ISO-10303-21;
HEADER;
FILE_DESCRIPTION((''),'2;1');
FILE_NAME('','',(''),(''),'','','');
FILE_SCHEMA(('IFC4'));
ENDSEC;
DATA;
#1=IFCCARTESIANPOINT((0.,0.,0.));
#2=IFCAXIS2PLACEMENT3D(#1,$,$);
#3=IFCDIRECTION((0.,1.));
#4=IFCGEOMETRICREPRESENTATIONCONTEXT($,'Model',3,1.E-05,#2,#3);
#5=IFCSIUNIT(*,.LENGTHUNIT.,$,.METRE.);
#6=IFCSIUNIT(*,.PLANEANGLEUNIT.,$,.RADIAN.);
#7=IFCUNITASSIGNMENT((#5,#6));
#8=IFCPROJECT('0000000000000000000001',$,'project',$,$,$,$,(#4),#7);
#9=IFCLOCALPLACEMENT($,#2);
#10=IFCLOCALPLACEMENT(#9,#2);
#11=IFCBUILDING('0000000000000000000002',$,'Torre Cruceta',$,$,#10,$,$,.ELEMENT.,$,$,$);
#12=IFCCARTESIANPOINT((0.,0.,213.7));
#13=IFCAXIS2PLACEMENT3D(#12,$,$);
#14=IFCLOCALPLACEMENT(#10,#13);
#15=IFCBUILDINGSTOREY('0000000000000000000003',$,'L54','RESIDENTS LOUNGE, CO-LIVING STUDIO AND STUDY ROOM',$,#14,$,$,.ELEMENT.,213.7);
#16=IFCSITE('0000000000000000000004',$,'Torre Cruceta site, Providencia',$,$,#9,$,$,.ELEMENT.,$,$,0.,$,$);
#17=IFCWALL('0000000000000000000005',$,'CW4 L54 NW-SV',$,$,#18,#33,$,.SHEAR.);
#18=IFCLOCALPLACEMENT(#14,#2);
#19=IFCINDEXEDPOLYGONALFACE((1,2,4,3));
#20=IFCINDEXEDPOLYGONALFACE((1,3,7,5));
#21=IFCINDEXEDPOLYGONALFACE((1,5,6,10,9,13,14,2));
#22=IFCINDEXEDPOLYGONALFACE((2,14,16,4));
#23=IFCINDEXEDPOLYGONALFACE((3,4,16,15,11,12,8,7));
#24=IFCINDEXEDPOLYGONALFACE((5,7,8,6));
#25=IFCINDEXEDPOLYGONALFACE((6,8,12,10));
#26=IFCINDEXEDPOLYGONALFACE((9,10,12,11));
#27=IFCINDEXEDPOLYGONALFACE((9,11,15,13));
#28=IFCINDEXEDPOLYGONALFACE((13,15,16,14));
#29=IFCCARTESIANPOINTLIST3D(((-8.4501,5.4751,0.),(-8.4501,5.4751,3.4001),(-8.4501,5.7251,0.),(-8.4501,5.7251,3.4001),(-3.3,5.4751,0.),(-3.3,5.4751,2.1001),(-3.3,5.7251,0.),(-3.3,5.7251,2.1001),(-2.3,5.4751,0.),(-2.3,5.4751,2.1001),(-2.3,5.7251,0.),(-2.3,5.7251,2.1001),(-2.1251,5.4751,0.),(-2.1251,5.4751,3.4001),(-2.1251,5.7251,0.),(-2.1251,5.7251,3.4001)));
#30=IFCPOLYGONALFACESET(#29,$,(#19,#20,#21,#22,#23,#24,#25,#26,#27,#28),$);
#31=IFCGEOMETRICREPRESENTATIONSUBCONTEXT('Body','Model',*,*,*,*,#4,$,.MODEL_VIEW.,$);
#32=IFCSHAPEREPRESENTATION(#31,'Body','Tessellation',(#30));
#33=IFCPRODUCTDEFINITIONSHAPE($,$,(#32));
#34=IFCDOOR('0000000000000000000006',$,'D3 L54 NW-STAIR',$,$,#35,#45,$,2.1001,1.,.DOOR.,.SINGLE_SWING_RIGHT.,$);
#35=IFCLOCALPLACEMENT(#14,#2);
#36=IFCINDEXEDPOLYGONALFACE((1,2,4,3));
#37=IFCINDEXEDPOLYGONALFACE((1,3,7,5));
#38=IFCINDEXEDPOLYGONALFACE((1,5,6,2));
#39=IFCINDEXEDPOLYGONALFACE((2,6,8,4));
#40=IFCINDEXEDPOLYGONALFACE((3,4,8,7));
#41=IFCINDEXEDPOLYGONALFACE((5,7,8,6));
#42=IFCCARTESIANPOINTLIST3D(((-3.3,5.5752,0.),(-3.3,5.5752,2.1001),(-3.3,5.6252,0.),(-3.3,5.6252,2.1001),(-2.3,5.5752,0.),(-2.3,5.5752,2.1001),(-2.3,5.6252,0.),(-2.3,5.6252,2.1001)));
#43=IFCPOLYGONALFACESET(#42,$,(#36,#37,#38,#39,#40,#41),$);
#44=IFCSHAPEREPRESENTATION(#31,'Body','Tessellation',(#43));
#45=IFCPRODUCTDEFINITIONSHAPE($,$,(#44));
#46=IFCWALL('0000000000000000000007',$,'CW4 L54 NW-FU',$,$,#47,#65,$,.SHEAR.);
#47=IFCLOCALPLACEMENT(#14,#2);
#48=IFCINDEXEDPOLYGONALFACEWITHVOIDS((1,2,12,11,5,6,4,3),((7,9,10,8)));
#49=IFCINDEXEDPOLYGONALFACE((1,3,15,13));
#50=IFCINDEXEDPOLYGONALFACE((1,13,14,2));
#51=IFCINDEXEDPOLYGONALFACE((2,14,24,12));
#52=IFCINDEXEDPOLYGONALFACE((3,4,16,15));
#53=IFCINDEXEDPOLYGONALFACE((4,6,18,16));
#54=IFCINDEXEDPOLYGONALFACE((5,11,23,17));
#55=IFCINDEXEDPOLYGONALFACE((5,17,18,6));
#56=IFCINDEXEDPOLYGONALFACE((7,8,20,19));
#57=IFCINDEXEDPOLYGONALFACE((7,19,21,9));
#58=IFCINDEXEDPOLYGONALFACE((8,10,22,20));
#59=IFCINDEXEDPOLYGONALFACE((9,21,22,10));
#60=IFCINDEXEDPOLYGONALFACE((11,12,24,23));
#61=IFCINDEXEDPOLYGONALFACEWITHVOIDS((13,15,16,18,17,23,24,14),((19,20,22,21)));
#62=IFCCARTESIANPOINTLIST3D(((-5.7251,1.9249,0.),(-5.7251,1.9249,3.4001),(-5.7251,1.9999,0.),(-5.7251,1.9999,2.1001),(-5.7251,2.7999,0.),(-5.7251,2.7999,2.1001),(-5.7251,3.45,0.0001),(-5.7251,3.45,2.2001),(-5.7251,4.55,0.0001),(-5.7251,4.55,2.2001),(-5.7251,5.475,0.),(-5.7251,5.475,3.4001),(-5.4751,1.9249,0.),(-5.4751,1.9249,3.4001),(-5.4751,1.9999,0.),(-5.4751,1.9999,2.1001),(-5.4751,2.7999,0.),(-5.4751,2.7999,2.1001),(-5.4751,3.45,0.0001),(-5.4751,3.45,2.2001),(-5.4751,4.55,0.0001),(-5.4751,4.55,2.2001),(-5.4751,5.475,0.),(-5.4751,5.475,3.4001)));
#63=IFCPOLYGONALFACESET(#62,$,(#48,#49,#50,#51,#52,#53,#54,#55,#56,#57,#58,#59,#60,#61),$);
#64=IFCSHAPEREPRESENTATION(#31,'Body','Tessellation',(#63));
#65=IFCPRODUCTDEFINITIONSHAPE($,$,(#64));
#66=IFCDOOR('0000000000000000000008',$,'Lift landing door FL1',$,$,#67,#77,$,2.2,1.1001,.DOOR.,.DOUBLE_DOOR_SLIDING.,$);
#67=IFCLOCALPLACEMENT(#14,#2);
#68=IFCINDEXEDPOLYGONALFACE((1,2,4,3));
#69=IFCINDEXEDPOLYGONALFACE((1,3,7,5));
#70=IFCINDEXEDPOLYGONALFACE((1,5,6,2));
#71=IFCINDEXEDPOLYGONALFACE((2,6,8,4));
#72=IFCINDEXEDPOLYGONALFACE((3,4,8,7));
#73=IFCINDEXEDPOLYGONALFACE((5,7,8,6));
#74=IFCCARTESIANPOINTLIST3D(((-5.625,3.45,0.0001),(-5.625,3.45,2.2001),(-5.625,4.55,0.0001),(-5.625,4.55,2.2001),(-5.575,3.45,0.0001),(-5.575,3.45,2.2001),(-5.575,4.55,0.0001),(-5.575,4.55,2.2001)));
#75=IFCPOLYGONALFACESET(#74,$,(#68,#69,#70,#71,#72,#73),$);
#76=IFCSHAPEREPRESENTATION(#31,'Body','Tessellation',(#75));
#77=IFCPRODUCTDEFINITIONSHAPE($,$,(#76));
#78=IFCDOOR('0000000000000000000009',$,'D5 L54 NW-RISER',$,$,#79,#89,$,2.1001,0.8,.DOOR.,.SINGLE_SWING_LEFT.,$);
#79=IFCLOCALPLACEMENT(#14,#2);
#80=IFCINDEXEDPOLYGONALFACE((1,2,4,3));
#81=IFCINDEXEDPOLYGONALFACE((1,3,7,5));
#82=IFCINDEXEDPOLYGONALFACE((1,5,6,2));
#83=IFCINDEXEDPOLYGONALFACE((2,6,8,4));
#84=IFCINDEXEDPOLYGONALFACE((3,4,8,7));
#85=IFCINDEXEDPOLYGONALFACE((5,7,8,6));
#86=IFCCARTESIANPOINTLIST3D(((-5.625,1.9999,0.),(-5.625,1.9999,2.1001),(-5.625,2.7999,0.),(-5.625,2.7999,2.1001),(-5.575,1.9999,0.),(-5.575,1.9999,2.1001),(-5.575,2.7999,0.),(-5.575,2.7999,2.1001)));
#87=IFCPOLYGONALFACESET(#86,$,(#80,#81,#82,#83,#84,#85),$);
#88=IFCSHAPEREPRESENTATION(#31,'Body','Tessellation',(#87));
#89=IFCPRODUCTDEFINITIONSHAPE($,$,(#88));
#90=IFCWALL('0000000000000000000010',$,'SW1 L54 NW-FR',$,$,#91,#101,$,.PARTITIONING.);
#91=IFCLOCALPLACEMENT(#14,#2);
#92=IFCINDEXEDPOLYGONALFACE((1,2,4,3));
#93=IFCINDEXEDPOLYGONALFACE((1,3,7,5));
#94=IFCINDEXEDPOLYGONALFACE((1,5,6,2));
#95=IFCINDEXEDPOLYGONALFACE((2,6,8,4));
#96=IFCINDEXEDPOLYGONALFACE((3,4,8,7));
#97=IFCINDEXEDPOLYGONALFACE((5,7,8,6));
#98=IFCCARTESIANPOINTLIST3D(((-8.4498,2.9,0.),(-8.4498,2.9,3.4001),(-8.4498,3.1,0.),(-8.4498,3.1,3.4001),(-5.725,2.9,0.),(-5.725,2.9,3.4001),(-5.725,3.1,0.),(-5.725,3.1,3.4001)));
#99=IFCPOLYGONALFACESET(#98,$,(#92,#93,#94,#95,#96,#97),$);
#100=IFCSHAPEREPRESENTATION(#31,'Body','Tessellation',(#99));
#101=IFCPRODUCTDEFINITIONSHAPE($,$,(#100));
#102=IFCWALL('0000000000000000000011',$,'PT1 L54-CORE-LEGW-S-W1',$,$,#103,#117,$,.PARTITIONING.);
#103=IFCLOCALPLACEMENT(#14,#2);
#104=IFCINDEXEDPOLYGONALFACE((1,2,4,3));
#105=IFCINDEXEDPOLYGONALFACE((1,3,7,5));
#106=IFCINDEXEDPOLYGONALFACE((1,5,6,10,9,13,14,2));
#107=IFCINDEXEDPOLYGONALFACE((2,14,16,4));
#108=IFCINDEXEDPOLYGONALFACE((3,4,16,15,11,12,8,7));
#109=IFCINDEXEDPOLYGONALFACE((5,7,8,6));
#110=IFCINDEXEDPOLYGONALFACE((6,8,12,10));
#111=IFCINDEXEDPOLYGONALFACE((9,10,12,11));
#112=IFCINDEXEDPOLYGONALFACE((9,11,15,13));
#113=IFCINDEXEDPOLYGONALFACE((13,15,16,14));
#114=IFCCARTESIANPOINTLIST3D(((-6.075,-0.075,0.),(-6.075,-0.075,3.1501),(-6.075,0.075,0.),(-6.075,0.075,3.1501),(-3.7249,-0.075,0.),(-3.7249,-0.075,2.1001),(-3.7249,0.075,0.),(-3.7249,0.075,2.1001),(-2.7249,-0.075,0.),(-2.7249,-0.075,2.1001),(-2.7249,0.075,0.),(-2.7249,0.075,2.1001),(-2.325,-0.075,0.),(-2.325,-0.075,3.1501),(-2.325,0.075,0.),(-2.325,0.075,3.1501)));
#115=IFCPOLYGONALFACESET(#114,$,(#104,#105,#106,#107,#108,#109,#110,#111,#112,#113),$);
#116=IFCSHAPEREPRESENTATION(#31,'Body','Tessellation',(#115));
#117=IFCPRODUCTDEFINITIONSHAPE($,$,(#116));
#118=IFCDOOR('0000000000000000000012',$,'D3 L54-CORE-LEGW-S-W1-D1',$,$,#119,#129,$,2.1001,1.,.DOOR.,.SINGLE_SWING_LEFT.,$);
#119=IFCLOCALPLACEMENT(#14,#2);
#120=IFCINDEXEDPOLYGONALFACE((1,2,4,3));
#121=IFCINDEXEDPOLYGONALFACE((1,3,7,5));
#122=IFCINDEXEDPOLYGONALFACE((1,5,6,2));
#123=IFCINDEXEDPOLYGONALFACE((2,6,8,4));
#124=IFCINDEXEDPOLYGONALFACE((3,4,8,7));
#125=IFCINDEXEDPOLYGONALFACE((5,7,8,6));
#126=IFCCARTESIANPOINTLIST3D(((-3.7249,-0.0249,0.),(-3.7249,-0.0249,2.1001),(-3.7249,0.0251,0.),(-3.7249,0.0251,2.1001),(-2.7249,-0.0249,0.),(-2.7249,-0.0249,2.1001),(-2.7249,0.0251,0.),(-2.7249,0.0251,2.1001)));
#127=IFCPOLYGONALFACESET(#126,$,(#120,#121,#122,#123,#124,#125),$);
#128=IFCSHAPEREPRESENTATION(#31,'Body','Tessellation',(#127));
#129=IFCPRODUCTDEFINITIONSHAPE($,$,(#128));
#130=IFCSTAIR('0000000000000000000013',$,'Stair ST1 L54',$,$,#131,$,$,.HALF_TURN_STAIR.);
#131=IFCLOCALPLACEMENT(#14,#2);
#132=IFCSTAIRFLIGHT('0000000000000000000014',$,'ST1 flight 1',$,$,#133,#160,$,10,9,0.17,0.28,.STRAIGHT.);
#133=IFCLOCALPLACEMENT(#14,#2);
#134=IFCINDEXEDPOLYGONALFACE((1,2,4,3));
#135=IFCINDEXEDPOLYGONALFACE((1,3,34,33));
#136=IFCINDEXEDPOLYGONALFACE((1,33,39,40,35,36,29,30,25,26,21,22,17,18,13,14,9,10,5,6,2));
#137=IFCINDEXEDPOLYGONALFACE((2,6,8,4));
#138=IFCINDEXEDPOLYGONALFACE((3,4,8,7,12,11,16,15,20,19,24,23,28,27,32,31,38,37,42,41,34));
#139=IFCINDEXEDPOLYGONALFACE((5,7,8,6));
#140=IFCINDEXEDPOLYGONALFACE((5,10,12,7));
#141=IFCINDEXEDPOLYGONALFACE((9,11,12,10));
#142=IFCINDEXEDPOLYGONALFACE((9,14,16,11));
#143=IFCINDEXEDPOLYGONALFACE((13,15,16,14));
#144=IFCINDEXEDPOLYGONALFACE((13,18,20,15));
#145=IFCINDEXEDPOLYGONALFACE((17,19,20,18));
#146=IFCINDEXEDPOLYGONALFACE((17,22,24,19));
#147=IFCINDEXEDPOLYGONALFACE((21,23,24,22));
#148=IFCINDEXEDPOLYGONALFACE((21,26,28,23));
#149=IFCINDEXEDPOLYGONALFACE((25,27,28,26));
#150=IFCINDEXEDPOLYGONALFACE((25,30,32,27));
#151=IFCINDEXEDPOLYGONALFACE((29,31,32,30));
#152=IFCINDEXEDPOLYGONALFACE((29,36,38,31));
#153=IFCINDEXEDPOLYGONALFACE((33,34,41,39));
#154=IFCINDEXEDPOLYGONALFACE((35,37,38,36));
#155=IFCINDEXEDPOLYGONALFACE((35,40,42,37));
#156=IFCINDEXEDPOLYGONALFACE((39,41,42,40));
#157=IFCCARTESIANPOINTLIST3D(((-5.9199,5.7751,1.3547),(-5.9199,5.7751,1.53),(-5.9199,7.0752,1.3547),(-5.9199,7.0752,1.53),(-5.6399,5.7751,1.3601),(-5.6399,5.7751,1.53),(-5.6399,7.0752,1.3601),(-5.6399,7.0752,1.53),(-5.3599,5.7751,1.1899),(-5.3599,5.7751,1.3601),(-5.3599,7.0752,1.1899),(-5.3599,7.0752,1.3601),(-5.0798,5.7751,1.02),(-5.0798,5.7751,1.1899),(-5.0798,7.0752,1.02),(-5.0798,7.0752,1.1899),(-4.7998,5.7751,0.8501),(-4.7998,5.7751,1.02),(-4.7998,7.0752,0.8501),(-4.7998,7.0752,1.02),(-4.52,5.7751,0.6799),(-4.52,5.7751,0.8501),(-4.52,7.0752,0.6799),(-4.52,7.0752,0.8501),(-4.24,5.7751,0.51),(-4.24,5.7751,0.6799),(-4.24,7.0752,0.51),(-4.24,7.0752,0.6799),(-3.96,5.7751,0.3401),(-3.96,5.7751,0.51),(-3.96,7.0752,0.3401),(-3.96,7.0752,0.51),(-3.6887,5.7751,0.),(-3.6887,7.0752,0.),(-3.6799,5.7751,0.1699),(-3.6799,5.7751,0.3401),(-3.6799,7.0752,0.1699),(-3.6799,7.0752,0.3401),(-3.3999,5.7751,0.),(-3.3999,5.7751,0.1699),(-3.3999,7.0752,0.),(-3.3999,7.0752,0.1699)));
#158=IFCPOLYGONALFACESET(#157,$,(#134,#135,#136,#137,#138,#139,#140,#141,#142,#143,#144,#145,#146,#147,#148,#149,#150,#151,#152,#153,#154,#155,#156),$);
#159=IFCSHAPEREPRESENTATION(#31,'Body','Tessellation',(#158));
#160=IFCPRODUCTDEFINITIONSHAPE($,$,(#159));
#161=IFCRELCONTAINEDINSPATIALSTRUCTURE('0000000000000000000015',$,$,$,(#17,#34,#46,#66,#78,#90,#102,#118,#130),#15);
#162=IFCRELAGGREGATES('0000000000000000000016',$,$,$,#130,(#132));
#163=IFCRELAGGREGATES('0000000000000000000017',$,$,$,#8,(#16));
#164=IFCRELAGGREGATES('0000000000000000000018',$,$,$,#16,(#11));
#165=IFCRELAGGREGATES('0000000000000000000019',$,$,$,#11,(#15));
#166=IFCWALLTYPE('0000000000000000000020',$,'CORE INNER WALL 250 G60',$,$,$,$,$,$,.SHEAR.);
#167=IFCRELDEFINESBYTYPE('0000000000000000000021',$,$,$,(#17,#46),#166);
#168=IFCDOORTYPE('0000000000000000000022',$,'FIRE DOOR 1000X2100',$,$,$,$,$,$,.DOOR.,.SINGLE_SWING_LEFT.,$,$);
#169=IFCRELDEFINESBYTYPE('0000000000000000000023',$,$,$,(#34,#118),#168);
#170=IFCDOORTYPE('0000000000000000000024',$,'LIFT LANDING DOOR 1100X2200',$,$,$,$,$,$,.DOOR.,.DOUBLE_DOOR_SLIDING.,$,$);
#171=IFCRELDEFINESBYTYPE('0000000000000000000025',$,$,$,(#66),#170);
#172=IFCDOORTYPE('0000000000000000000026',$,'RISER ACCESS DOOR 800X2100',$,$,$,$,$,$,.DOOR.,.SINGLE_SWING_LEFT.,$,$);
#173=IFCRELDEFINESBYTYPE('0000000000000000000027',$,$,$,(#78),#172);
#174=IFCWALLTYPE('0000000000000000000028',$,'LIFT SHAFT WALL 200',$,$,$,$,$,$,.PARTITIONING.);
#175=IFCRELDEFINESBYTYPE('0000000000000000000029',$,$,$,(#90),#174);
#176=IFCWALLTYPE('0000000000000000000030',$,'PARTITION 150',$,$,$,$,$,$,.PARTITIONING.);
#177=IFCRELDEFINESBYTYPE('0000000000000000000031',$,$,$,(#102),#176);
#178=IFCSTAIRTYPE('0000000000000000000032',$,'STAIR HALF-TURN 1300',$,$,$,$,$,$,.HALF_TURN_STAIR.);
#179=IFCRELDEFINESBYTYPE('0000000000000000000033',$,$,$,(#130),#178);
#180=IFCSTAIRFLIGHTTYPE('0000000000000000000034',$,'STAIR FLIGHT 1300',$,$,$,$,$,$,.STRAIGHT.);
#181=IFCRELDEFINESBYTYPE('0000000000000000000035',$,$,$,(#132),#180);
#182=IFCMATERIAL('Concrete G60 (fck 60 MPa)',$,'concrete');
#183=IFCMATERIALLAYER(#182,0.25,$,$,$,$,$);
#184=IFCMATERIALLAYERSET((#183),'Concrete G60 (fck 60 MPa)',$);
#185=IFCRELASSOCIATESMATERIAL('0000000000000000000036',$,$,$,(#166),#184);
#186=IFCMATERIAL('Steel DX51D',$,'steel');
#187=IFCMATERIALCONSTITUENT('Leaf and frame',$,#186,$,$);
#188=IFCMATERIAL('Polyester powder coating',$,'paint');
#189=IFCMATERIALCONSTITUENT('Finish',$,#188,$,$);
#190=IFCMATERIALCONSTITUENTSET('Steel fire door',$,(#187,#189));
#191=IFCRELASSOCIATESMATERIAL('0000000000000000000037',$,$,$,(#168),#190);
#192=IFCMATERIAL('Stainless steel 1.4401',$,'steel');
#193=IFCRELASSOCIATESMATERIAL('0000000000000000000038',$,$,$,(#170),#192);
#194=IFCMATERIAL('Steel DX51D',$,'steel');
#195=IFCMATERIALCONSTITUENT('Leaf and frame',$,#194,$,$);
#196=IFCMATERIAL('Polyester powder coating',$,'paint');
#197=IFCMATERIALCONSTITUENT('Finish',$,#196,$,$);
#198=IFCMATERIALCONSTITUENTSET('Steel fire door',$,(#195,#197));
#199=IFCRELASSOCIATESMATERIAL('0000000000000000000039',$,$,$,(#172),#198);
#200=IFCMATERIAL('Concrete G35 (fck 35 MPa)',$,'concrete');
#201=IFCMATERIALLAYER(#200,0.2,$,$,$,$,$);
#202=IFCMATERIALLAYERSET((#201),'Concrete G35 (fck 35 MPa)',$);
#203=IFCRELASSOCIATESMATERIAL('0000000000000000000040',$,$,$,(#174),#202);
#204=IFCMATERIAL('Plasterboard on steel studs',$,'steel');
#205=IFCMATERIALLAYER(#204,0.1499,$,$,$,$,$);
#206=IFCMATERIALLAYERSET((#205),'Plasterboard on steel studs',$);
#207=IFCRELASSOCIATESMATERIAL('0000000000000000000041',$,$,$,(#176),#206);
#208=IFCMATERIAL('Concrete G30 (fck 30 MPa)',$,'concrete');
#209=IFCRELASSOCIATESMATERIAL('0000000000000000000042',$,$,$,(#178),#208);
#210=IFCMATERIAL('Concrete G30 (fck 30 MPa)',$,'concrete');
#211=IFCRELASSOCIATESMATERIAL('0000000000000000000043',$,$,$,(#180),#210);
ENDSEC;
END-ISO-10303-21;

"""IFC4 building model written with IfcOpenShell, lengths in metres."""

from ifc_helpers import new_model, si_unit, direction, frame, frame_2d, origin, place, context, subcontext, project, spatial, polyline, rectangle, outline, extrude, material, layer, layer_set, constituent, constituent_set, type_object, element, fill, aggregate, save


model = new_model("IFC4")

# Units and contexts
model_context = context("Model", 3, precision=1e-05, world=origin(), true_north=direction((0.0, 1.0)))
body_context = subcontext(model_context, "Body", "Model", "MODEL_VIEW")
ifc_project = project(units=[si_unit("LENGTHUNIT", "METRE"), si_unit("PLANEANGLEUNIT", "RADIAN")], contexts=[model_context])

# Site, building, storey
site_placement = place(None, origin())
site = spatial("IfcSite", under=ifc_project, at=site_placement, Name="Torre Cruceta site, Providencia", CompositionType="ELEMENT", RefElevation=0.0)
building_placement = place(site_placement, origin())
building = spatial("IfcBuilding", under=site, at=building_placement, Name="Torre Cruceta", CompositionType="ELEMENT")
storey_placement = place(building_placement, frame((0.0, 0.0, 213.7)))
storey = spatial("IfcBuildingStorey", under=building, at=storey_placement, Name="L54", Description="RESIDENTS LOUNGE, CO-LIVING STUDIO AND STUDY ROOM", CompositionType="ELEMENT", Elevation=213.7)

# Shared definitions
ifc_material_1 = material(Name="Concrete G60 (fck 60 MPa)", Category="concrete")
ifc_layer_1 = layer(ifc_material_1, 0.25)
ifc_layer_set_1 = layer_set([ifc_layer_1], Name="Concrete G60 (fck 60 MPa)")
wall_type_1 = type_object("IfcWallType", Name="CORE INNER WALL 250 G60", PredefinedType="SHEAR", material=ifc_layer_set_1)
ifc_material_2 = material(Name="Steel DX51D", Category="steel")
ifc_constituent_1 = constituent(ifc_material_2, Name="Leaf and frame")
ifc_material_3 = material(Name="Polyester powder coating", Category="paint")
ifc_constituent_2 = constituent(ifc_material_3, Name="Finish")
ifc_constituent_set_1 = constituent_set(constituents=[ifc_constituent_1, ifc_constituent_2], Name="Steel fire door")
door_type_1 = type_object("IfcDoorType", Name="FIRE DOOR 1000X2100", OperationType="SINGLE_SWING_LEFT", PredefinedType="DOOR", material=ifc_constituent_set_1)

# Wall, opening, door
wall_1_placement = place(storey_placement, frame((-2.125, 5.6001, 0.0), z_axis=(0.0, 0.0, 1.0), x_axis=(-1.0, 0.0, 0.0)))
wall_1 = element("IfcWall", 1, at=wall_1_placement, inside=storey, type_object=wall_type_1, Name="CW4 L54 NW-SV", PredefinedType="SHEAR", context=body_context, shape_type="SweptSolid", body=[
    extrude(rectangle(XDim=6.325, YDim=0.25, at=frame_2d((3.1626, 0.0))), origin(), (0.0, 0.0, 1.0), 3.4001),
])
opening_1_placement = place(wall_1_placement, frame((0.175, 0.0, 0.0)))
opening_1 = element("IfcOpeningElement", 2, at=opening_1_placement, cuts=wall_1, PredefinedType="OPENING", context=body_context, shape_type="SweptSolid", body=[
    extrude(rectangle(XDim=1.0, YDim=2.1001, at=frame_2d((0.5, 1.05))), frame((0.0, 0.135, 0.0), z_axis=(0.0, -1.0, 0.0), x_axis=(1.0, 0.0, 0.0)), (0.0, 0.0, 1.0), 0.27),
])
door_1_placement = place(opening_1_placement, frame((1.0, 0.0, 0.0), z_axis=(0.0, 0.0, 1.0), x_axis=(-1.0, 0.0, 0.0)))
door_1 = element("IfcDoor", 3, at=door_1_placement, inside=storey, type_object=door_type_1, Name="D3 L54 NW-STAIR", OperationType="SINGLE_SWING_RIGHT", OverallHeight=2.1001, OverallWidth=1.0, PredefinedType="DOOR", context=body_context, shape_type="SweptSolid", body=[
    extrude(rectangle(XDim=1.0, YDim=2.1001, at=frame_2d((0.5, 1.05))), frame((0.0, 0.0251, 0.0), z_axis=(0.0, -1.0, 0.0), x_axis=(1.0, 0.0, 0.0)), (0.0, 0.0, 1.0), 0.05),
])
fill(opening_1, door_1)

# Wall, openings, doors
wall_2_placement = place(storey_placement, frame((-5.6001, 1.925, 0.0), z_axis=(0.0, 0.0, 1.0), x_axis=(0.0, 1.0, 0.0)))
wall_2 = element("IfcWall", 4, at=wall_2_placement, inside=storey, type_object=wall_type_1, Name="CW4 L54 NW-FU", PredefinedType="SHEAR", context=body_context, shape_type="SweptSolid", body=[
    extrude(rectangle(XDim=3.55, YDim=0.25, at=frame_2d((1.7749, 0.0))), origin(), (0.0, 0.0, 1.0), 3.4001),
])
opening_2_placement = place(wall_2_placement, frame((1.5249, 0.0, 0.0)))
opening_2 = element("IfcOpeningElement", 5, at=opening_2_placement, cuts=wall_2, PredefinedType="OPENING", context=body_context, shape_type="SweptSolid", body=[
    extrude(rectangle(XDim=1.1001, YDim=2.2, at=frame_2d((0.55, 1.1001))), frame((0.0, 0.135, 0.0), z_axis=(0.0, -1.0, 0.0), x_axis=(1.0, 0.0, 0.0)), (0.0, 0.0, 1.0), 0.27),
])
opening_3_placement = place(wall_2_placement, frame((0.075, 0.0, 0.0)))
opening_3 = element("IfcOpeningElement", 6, at=opening_3_placement, cuts=wall_2, PredefinedType="OPENING", context=body_context, shape_type="SweptSolid", body=[
    extrude(rectangle(XDim=0.8, YDim=2.1001, at=frame_2d((0.3999, 1.05))), frame((0.0, 0.135, 0.0), z_axis=(0.0, -1.0, 0.0), x_axis=(1.0, 0.0, 0.0)), (0.0, 0.0, 1.0), 0.27),
])
ifc_material_4 = material(Name="Stainless steel 1.4401", Category="steel")
door_type_2 = type_object("IfcDoorType", Name="LIFT LANDING DOOR 1100X2200", OperationType="DOUBLE_DOOR_SLIDING", PredefinedType="DOOR", material=ifc_material_4)
door_2_placement = place(opening_2_placement, origin())
door_2 = element("IfcDoor", 7, at=door_2_placement, inside=storey, type_object=door_type_2, Name="Lift landing door FL1", OperationType="DOUBLE_DOOR_SLIDING", OverallHeight=2.2, OverallWidth=1.1001, PredefinedType="DOOR", context=body_context, shape_type="SweptSolid", body=[
    extrude(rectangle(XDim=1.1001, YDim=2.2, at=frame_2d((0.55, 1.1001))), frame((0.0, 0.0249, 0.0), z_axis=(0.0, -1.0, 0.0), x_axis=(1.0, 0.0, 0.0)), (0.0, 0.0, 1.0), 0.05),
])
fill(opening_2, door_2)
ifc_material_5 = material(Name="Steel DX51D", Category="steel")
ifc_constituent_3 = constituent(ifc_material_5, Name="Leaf and frame")
ifc_material_6 = material(Name="Polyester powder coating", Category="paint")
ifc_constituent_4 = constituent(ifc_material_6, Name="Finish")
ifc_constituent_set_2 = constituent_set(constituents=[ifc_constituent_3, ifc_constituent_4], Name="Steel fire door")
door_type_3 = type_object("IfcDoorType", Name="RISER ACCESS DOOR 800X2100", OperationType="SINGLE_SWING_LEFT", PredefinedType="DOOR", material=ifc_constituent_set_2)
door_3_placement = place(opening_3_placement, origin())
door_3 = element("IfcDoor", 8, at=door_3_placement, inside=storey, type_object=door_type_3, Name="D5 L54 NW-RISER", OperationType="SINGLE_SWING_LEFT", OverallHeight=2.1001, OverallWidth=0.8, PredefinedType="DOOR", context=body_context, shape_type="SweptSolid", body=[
    extrude(rectangle(XDim=0.8, YDim=2.1001, at=frame_2d((0.3999, 1.05))), frame((0.0, 0.0249, 0.0), z_axis=(0.0, -1.0, 0.0), x_axis=(1.0, 0.0, 0.0)), (0.0, 0.0, 1.0), 0.05),
])
fill(opening_3, door_3)

# Wall
ifc_material_7 = material(Name="Concrete G35 (fck 35 MPa)", Category="concrete")
ifc_layer_2 = layer(ifc_material_7, 0.2)
ifc_layer_set_2 = layer_set([ifc_layer_2], Name="Concrete G35 (fck 35 MPa)")
wall_type_2 = type_object("IfcWallType", Name="LIFT SHAFT WALL 200", PredefinedType="PARTITIONING", material=ifc_layer_set_2)
wall_3_placement = place(storey_placement, frame((-5.7251, 3.0, 0.0), z_axis=(0.0, 0.0, 1.0), x_axis=(-1.0, 0.0, 0.0)))
element("IfcWall", 9, at=wall_3_placement, inside=storey, type_object=wall_type_2, Name="SW1 L54 NW-FR", PredefinedType="PARTITIONING", context=body_context, shape_type="SweptSolid", body=[
    extrude(rectangle(XDim=2.7249, YDim=0.2, at=frame_2d((1.3623, 0.0))), origin(), (0.0, 0.0, 1.0), 3.4001),
])

# Wall, opening, door
ifc_material_8 = material(Name="Plasterboard on steel studs", Category="steel")
ifc_layer_3 = layer(ifc_material_8, 0.1499)
ifc_layer_set_3 = layer_set([ifc_layer_3], Name="Plasterboard on steel studs")
wall_type_3 = type_object("IfcWallType", Name="PARTITION 150", PredefinedType="PARTITIONING", material=ifc_layer_set_3)
wall_4_placement = place(storey_placement, frame((-2.325, 0.0, 0.0), z_axis=(0.0, 0.0, 1.0), x_axis=(-1.0, 0.0, 0.0)))
wall_4 = element("IfcWall", 10, at=wall_4_placement, inside=storey, type_object=wall_type_3, Name="PT1 L54-CORE-LEGW-S-W1", PredefinedType="PARTITIONING", context=body_context, shape_type="SweptSolid", body=[
    extrude(rectangle(XDim=3.75, YDim=0.1499, at=frame_2d((1.875, 0.0))), origin(), (0.0, 0.0, 1.0), 3.1501),
])
opening_4_placement = place(wall_4_placement, frame((0.3999, 0.0, 0.0)))
opening_4 = element("IfcOpeningElement", 11, at=opening_4_placement, cuts=wall_4, PredefinedType="OPENING", context=body_context, shape_type="SweptSolid", body=[
    extrude(rectangle(XDim=1.0, YDim=2.1001, at=frame_2d((0.5, 1.05))), frame((0.0, 0.085, 0.0), z_axis=(0.0, -1.0, 0.0), x_axis=(1.0, 0.0, 0.0)), (0.0, 0.0, 1.0), 0.1699),
])
door_4_placement = place(opening_4_placement, origin())
door_4 = element("IfcDoor", 12, at=door_4_placement, inside=storey, type_object=door_type_1, Name="D3 L54-CORE-LEGW-S-W1-D1", OperationType="SINGLE_SWING_LEFT", OverallHeight=2.1001, OverallWidth=1.0, PredefinedType="DOOR", context=body_context, shape_type="SweptSolid", body=[
    extrude(rectangle(XDim=1.0, YDim=2.1001, at=frame_2d((0.5, 1.05))), frame((0.0, 0.0249, 0.0), z_axis=(0.0, -1.0, 0.0), x_axis=(1.0, 0.0, 0.0)), (0.0, 0.0, 1.0), 0.05),
])
fill(opening_4, door_4)

# Stair, stair flight
ifc_material_9 = material(Name="Concrete G30 (fck 30 MPa)", Category="concrete")
stair_type = type_object("IfcStairType", Name="STAIR HALF-TURN 1300", PredefinedType="HALF_TURN_STAIR", material=ifc_material_9)
stair_placement = place(storey_placement, origin())
stair = element("IfcStair", 13, at=stair_placement, inside=storey, type_object=stair_type, Name="Stair ST1 L54", PredefinedType="HALF_TURN_STAIR")
ifc_material_10 = material(Name="Concrete G30 (fck 30 MPa)", Category="concrete")
stair_flight_type = type_object("IfcStairFlightType", Name="STAIR FLIGHT 1300", PredefinedType="STRAIGHT", material=ifc_material_10)
stair_flight_placement = place(storey_placement, frame((-3.3999, 6.425, 0.0), z_axis=(0.0, 0.0, 1.0), x_axis=(-1.0, 0.0, 0.0)))
stair_flight = element("IfcStairFlight", 14, at=stair_flight_placement, type_object=stair_flight_type, Name="ST1 flight 1", NumberOfRisers=10, NumberOfTreads=9, PredefinedType="STRAIGHT", RiserHeight=0.17, TreadLength=0.28, context=body_context, shape_type="SweptSolid", body=[
    extrude(outline(polyline([(0.0, 0.0), (0.0, 0.1699), (0.28, 0.1699), (0.28, 0.3401), (0.5601, 0.3401), (0.5601, 0.51), (0.8401, 0.51), (0.8401, 0.6799), (1.1201, 0.6799), (1.1201, 0.8501), (1.3999, 0.8501), (1.3999, 1.02), (1.6799, 1.02), (1.6799, 1.1899), (1.96, 1.1899), (1.96, 1.3601), (2.24, 1.3601), (2.24, 1.53), (2.52, 1.53), (2.52, 1.7), (2.52, 1.3547), (0.2888, 0.0), (0.0, 0.0)])), frame((0.0, 0.6499, 0.0), z_axis=(0.0, -1.0, 0.0), x_axis=(1.0, 0.0, 0.0)), (0.0, 0.0, 1.0), 1.3),
])
aggregate(stair, [stair_flight])

save(model, "model.ifc")
